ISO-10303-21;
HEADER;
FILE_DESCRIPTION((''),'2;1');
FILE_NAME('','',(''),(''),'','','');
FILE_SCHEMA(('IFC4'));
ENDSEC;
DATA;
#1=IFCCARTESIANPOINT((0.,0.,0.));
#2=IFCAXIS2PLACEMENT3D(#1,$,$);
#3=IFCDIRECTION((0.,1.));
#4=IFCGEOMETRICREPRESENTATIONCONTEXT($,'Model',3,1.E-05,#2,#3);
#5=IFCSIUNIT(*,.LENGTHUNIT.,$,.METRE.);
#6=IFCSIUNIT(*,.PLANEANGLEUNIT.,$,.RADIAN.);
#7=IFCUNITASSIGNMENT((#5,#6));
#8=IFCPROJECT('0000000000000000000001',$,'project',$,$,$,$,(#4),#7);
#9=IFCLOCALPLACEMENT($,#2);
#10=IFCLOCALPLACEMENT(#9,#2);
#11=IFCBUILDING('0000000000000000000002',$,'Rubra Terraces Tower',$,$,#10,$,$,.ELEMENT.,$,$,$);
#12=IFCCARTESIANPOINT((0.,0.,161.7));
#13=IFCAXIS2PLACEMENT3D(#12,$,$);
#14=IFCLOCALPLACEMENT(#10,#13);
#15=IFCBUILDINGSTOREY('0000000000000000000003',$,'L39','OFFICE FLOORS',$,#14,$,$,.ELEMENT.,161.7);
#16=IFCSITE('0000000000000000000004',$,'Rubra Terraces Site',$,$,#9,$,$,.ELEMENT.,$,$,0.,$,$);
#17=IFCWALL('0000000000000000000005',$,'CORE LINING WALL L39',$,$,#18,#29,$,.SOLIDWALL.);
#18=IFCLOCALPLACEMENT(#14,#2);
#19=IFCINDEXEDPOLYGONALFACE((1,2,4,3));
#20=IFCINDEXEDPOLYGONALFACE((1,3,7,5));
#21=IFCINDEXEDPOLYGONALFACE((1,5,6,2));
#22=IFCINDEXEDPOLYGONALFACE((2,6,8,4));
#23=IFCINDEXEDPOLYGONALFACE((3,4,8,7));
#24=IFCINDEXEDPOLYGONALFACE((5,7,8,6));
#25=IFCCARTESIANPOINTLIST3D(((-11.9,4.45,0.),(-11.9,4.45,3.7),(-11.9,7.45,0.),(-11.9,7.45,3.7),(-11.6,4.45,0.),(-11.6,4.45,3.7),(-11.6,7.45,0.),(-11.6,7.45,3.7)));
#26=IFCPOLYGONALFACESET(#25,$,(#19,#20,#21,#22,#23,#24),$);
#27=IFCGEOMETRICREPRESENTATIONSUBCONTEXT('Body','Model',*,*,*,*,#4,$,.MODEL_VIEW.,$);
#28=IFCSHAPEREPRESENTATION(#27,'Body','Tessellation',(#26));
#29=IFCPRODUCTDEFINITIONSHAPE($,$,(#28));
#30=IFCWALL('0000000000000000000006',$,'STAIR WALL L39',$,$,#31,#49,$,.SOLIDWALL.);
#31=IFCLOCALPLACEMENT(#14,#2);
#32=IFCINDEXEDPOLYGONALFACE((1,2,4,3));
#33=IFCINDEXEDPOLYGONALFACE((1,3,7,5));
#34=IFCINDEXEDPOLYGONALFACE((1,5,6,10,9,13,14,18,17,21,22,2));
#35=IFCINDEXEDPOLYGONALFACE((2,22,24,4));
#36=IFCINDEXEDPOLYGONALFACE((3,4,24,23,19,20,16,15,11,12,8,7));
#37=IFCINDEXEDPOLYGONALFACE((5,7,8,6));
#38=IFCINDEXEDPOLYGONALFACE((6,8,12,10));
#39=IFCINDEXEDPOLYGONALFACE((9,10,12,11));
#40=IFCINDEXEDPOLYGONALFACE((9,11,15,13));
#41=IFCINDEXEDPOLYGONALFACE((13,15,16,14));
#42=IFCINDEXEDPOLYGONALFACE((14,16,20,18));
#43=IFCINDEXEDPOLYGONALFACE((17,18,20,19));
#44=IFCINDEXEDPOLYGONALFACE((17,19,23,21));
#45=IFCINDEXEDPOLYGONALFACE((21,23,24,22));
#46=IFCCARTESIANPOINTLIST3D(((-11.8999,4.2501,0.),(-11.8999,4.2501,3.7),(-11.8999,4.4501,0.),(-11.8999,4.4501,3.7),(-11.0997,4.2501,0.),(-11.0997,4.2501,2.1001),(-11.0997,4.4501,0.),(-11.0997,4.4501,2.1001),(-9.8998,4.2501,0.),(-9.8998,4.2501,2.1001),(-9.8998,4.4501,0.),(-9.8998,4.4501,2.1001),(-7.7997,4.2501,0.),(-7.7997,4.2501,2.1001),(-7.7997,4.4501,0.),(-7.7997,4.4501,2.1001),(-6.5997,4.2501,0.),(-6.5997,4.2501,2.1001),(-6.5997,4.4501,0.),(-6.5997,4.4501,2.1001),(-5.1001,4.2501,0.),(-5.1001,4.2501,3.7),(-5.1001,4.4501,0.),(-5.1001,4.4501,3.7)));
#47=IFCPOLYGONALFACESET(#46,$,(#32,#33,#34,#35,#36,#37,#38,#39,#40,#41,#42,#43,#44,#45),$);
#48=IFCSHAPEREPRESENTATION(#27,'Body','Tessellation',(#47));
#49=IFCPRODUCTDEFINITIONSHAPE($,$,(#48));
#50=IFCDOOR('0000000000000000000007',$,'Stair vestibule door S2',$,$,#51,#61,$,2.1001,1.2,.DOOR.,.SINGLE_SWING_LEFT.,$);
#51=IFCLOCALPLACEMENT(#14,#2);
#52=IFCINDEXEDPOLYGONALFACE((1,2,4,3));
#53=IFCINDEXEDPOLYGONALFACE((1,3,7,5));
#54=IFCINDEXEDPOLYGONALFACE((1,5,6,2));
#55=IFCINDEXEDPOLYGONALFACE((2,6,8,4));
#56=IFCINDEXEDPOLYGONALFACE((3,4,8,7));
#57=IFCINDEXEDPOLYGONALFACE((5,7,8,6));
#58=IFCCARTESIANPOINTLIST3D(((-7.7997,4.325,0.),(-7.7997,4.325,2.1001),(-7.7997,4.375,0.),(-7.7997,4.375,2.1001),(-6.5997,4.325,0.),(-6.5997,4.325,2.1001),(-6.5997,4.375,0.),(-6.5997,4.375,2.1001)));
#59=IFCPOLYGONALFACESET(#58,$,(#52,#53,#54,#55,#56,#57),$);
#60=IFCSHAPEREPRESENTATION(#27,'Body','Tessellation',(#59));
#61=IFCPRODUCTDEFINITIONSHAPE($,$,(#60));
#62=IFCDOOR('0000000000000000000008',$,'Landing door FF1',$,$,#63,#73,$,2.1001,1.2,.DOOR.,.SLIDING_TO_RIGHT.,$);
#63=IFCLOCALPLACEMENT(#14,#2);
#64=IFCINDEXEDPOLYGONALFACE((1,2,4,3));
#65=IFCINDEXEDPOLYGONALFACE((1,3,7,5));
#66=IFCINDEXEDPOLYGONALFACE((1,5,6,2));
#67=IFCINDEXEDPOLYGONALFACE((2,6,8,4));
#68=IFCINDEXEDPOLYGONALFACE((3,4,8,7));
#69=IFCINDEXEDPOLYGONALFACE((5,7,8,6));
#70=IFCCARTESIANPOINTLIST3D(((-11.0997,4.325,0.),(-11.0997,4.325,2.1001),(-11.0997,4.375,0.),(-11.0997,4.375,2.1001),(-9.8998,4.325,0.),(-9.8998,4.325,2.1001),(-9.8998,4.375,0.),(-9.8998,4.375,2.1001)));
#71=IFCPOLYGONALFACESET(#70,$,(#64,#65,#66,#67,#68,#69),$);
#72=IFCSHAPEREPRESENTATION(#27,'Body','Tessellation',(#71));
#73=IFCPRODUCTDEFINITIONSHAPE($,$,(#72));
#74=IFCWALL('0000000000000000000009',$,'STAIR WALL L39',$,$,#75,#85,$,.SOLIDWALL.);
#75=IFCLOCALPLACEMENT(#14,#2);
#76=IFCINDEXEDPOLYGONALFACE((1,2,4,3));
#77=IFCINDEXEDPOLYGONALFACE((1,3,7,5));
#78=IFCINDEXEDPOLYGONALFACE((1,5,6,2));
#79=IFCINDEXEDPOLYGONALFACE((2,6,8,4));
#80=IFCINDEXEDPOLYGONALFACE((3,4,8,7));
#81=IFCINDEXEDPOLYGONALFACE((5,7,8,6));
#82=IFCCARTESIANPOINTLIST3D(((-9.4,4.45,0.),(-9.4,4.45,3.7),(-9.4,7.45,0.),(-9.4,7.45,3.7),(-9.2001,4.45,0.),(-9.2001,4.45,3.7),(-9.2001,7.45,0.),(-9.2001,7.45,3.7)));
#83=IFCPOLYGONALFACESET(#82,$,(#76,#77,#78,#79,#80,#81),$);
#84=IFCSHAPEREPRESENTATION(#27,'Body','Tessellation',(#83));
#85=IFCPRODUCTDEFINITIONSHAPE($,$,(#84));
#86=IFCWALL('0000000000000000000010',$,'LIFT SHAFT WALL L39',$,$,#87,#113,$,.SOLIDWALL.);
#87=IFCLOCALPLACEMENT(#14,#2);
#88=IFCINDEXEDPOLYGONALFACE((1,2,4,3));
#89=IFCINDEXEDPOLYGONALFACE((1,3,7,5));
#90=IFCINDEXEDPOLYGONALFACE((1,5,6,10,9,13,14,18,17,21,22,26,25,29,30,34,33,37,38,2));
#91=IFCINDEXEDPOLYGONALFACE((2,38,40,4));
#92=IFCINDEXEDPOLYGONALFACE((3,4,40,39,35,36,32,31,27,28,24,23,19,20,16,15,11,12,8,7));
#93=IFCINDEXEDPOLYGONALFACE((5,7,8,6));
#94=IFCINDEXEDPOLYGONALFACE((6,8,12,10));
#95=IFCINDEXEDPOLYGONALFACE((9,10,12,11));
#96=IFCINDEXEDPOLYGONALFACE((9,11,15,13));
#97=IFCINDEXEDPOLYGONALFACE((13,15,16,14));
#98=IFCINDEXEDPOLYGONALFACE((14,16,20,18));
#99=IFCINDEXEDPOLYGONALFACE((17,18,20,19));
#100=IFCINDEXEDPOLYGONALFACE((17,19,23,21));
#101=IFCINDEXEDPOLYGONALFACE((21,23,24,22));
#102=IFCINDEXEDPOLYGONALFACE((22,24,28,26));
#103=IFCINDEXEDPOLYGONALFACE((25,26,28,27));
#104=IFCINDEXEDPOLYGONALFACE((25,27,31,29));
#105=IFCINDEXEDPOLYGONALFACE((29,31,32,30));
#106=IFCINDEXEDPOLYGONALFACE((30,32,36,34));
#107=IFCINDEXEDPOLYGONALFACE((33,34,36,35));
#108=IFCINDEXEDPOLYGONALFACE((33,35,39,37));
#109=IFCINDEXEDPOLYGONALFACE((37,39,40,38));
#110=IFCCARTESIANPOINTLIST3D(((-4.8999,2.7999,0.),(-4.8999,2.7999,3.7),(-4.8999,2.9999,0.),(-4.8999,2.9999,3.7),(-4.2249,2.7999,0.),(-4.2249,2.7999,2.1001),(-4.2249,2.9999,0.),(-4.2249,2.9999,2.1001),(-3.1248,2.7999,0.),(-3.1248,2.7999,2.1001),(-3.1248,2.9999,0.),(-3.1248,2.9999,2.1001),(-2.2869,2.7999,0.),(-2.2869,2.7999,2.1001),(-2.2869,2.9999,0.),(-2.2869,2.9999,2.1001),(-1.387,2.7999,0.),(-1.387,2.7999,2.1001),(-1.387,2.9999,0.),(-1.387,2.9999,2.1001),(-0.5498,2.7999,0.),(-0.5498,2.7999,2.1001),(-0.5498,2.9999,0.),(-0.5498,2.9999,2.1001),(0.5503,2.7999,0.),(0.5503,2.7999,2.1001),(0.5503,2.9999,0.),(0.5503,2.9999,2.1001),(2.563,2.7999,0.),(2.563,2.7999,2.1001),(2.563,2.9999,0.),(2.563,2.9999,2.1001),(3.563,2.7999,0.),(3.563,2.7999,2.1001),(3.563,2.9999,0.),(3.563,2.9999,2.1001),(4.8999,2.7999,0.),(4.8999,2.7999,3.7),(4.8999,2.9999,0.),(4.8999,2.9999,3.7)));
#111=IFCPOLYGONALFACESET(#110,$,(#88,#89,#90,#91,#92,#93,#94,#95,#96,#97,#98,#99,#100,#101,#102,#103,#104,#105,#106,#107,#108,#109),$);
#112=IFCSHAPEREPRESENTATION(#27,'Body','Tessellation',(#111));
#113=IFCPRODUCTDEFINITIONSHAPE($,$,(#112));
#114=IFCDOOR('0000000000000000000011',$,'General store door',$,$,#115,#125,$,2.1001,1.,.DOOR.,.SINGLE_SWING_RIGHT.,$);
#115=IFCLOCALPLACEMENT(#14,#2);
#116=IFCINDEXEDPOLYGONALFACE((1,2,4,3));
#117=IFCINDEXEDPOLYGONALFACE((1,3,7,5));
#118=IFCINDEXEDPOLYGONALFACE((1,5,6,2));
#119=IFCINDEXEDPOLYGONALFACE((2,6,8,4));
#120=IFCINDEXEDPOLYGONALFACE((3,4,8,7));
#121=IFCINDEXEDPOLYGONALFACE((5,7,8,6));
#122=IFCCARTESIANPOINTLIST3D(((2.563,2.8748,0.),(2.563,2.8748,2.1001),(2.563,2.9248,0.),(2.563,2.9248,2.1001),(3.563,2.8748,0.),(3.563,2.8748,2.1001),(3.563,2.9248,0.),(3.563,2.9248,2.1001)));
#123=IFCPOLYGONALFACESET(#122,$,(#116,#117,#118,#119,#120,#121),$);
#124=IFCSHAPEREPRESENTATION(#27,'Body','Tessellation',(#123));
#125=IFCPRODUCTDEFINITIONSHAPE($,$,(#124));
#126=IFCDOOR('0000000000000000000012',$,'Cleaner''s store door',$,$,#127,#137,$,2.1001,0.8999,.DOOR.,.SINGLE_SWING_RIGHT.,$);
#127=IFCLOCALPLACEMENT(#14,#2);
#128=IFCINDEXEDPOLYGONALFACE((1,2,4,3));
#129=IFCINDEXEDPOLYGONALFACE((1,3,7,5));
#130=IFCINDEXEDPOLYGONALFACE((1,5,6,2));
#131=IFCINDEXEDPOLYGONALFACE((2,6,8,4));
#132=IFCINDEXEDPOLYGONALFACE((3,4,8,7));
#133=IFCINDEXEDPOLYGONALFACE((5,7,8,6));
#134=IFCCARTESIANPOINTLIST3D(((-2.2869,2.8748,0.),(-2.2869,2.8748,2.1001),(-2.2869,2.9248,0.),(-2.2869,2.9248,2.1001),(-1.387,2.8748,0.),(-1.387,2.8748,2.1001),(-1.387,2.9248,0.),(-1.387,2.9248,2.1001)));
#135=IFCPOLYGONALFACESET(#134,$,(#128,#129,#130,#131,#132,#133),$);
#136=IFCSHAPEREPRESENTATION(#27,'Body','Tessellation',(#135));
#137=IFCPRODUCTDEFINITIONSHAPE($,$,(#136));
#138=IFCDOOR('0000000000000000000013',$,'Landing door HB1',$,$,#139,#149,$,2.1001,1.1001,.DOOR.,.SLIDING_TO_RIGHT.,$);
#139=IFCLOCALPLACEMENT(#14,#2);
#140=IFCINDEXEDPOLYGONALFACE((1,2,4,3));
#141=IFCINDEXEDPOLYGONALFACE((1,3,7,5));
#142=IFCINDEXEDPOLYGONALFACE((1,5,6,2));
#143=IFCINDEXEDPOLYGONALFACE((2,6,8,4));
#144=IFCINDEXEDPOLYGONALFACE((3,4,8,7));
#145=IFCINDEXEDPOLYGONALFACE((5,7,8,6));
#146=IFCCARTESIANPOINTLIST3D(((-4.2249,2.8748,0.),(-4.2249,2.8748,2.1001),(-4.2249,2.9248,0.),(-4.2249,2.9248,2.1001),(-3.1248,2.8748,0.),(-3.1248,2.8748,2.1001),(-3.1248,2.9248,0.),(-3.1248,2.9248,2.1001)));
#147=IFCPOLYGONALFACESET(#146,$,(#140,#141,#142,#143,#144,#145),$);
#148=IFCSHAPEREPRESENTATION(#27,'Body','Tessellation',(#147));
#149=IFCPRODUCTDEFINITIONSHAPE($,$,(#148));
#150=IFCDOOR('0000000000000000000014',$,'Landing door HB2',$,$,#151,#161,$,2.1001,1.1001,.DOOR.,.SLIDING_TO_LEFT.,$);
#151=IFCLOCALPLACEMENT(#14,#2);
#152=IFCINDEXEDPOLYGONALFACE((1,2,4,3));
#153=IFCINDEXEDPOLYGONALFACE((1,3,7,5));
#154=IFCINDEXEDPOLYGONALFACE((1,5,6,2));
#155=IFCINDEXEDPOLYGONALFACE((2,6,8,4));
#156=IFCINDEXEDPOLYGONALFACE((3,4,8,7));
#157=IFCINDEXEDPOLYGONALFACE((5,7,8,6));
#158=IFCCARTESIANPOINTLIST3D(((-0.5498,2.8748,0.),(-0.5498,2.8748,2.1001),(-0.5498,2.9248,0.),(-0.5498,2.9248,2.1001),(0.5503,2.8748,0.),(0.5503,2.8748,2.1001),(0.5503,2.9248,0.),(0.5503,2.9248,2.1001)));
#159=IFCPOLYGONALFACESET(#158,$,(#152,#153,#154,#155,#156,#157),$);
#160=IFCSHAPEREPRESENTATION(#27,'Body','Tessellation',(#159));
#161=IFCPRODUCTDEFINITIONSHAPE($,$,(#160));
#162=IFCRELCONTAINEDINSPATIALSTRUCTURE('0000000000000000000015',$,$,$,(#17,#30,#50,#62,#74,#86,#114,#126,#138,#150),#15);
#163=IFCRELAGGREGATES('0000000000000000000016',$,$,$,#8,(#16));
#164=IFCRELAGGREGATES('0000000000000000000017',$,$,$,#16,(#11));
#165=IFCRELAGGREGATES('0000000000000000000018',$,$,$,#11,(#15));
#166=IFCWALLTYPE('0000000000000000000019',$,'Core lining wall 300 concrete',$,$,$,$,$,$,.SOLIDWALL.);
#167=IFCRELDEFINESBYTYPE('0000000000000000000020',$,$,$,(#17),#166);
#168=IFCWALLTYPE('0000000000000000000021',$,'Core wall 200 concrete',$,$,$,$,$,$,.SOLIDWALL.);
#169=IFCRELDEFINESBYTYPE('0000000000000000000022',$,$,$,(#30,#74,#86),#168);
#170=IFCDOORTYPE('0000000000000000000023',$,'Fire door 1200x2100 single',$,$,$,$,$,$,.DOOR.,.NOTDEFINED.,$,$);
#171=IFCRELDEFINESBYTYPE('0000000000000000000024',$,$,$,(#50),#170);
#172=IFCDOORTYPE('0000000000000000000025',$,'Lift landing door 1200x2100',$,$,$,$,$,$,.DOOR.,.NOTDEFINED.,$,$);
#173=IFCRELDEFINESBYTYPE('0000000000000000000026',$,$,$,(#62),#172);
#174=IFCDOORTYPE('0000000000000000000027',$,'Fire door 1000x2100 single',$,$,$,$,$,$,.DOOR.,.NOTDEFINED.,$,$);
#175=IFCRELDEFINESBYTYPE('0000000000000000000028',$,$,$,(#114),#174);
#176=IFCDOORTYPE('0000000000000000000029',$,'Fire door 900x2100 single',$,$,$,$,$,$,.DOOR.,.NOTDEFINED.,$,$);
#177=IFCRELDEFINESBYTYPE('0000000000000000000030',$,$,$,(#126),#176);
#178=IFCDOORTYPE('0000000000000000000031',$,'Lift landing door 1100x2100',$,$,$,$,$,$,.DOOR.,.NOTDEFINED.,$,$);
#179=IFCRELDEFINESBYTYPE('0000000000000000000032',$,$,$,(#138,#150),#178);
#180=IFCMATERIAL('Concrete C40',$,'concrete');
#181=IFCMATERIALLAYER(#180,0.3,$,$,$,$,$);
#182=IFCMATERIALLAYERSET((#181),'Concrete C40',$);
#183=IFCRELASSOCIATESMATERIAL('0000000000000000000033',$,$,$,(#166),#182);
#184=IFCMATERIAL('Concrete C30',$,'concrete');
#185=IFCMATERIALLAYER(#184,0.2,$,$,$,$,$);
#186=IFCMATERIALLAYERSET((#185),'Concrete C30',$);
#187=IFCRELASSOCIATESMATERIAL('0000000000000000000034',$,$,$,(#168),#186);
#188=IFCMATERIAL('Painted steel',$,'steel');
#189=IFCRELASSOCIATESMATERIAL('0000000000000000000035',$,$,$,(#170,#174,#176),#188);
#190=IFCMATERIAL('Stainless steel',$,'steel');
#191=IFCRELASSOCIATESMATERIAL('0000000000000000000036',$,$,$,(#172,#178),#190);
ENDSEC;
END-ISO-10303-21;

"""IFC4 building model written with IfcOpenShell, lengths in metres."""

from ifc_helpers import new_model, si_unit, direction, frame, frame_2d, origin, place, context, subcontext, project, spatial, rectangle, extrude, material, layer, layer_set, type_object, element, fill, save


model = new_model("IFC4")

# Units and contexts
model_context = context("Model", 3, precision=1e-05, world=origin(), true_north=direction((0.0, 1.0)))
body_context = subcontext(model_context, "Body", "Model", "MODEL_VIEW")
ifc_project = project(units=[si_unit("LENGTHUNIT", "METRE"), si_unit("PLANEANGLEUNIT", "RADIAN")], contexts=[model_context])

# Site, building, storey
site_placement = place(None, origin())
site = spatial("IfcSite", under=ifc_project, at=site_placement, Name="Rubra Terraces Site", CompositionType="ELEMENT", RefElevation=0.0)
building_placement = place(site_placement, origin())
building = spatial("IfcBuilding", under=site, at=building_placement, Name="Rubra Terraces Tower", CompositionType="ELEMENT")
storey_placement = place(building_placement, frame((0.0, 0.0, 161.7)))
storey = spatial("IfcBuildingStorey", under=building, at=storey_placement, Name="L39", Description="OFFICE FLOORS", CompositionType="ELEMENT", Elevation=161.7)

# Wall
ifc_material_1 = material(Name="Concrete C40", Category="concrete")
ifc_layer_1 = layer(ifc_material_1, 0.3)
ifc_layer_set_1 = layer_set([ifc_layer_1], Name="Concrete C40")
wall_type_1 = type_object("IfcWallType", Name="Core lining wall 300 concrete", PredefinedType="SOLIDWALL", material=ifc_layer_set_1)
wall_1_placement = place(storey_placement, frame((-11.75, 4.45, 0.0), z_axis=(0.0, 0.0, 1.0), x_axis=(0.0, 1.0, 0.0)))
element("IfcWall", 1, at=wall_1_placement, inside=storey, type_object=wall_type_1, Name="CORE LINING WALL L39", PredefinedType="SOLIDWALL", context=body_context, shape_type="SweptSolid", body=[
    extrude(rectangle(XDim=3.0, YDim=0.3, at=frame_2d((1.5, 0.0))), origin(), (0.0, 0.0, 1.0), 3.7),
])

# Wall, openings, doors
ifc_material_2 = material(Name="Concrete C30", Category="concrete")
ifc_layer_2 = layer(ifc_material_2, 0.2)
ifc_layer_set_2 = layer_set([ifc_layer_2], Name="Concrete C30")
wall_type_2 = type_object("IfcWallType", Name="Core wall 200 concrete", PredefinedType="SOLIDWALL", material=ifc_layer_set_2)
wall_2_placement = place(storey_placement, frame((-11.8999, 4.3501, 0.0), z_axis=(0.0, 0.0, 1.0), x_axis=(1.0, 0.0, 0.0)))
wall_2 = element("IfcWall", 2, at=wall_2_placement, inside=storey, type_object=wall_type_2, Name="STAIR WALL L39", PredefinedType="SOLIDWALL", context=body_context, shape_type="SweptSolid", body=[
    extrude(rectangle(XDim=6.7998, YDim=0.2, at=frame_2d((3.3999, 0.0))), origin(), (0.0, 0.0, 1.0), 3.7),
])
opening_1_placement = place(wall_2_placement, frame((4.1001, 0.0, 0.0)))
opening_1 = element("IfcOpeningElement", 3, at=opening_1_placement, cuts=wall_2, PredefinedType="OPENING", context=body_context, shape_type="SweptSolid", body=[
    extrude(rectangle(XDim=1.2, YDim=2.1001, at=frame_2d((0.6001, 1.05))), frame((0.0, 0.1099, 0.0), z_axis=(0.0, -1.0, 0.0), x_axis=(1.0, 0.0, 0.0)), (0.0, 0.0, 1.0), 0.22),
])
opening_2_placement = place(wall_2_placement, frame((0.8, 0.0, 0.0)))
opening_2 = element("IfcOpeningElement", 4, at=opening_2_placement, cuts=wall_2, PredefinedType="OPENING", context=body_context, shape_type="SweptSolid", body=[
    extrude(rectangle(XDim=1.2, YDim=2.1001, at=frame_2d((0.6001, 1.05))), frame((0.0, 0.1099, 0.0), z_axis=(0.0, -1.0, 0.0), x_axis=(1.0, 0.0, 0.0)), (0.0, 0.0, 1.0), 0.22),
])
ifc_material_3 = material(Name="Painted steel", Category="steel")
door_type_1 = type_object("IfcDoorType", Name="Fire door 1200x2100 single", OperationType="NOTDEFINED", PredefinedType="DOOR", material=ifc_material_3)
door_1_placement = place(opening_1_placement, origin())
door_1 = element("IfcDoor", 5, at=door_1_placement, inside=storey, type_object=door_type_1, Name="Stair vestibule door S2", OperationType="SINGLE_SWING_LEFT", OverallHeight=2.1001, OverallWidth=1.2, PredefinedType="DOOR", context=body_context, shape_type="SweptSolid", body=[
    extrude(rectangle(XDim=1.2, YDim=2.1001, at=frame_2d((0.6001, 1.05))), frame((0.0, 0.0249, 0.0), z_axis=(0.0, -1.0, 0.0), x_axis=(1.0, 0.0, 0.0)), (0.0, 0.0, 1.0), 0.05),
])
fill(opening_1, door_1)
ifc_material_4 = material(Name="Stainless steel", Category="steel")
door_type_2 = type_object("IfcDoorType", Name="Lift landing door 1200x2100", OperationType="NOTDEFINED", PredefinedType="DOOR", material=ifc_material_4)
door_2_placement = place(opening_2_placement, origin())
door_2 = element("IfcDoor", 6, at=door_2_placement, inside=storey, type_object=door_type_2, Name="Landing door FF1", OperationType="SLIDING_TO_RIGHT", OverallHeight=2.1001, OverallWidth=1.2, PredefinedType="DOOR", context=body_context, shape_type="SweptSolid", body=[
    extrude(rectangle(XDim=1.2, YDim=2.1001, at=frame_2d((0.6001, 1.05))), frame((0.0, 0.0249, 0.0), z_axis=(0.0, -1.0, 0.0), x_axis=(1.0, 0.0, 0.0)), (0.0, 0.0, 1.0), 0.05),
])
fill(opening_2, door_2)

# Wall
wall_3_placement = place(storey_placement, frame((-9.3, 4.45, 0.0), z_axis=(0.0, 0.0, 1.0), x_axis=(0.0, 1.0, 0.0)))
element("IfcWall", 7, at=wall_3_placement, inside=storey, type_object=wall_type_2, Name="STAIR WALL L39", PredefinedType="SOLIDWALL", context=body_context, shape_type="SweptSolid", body=[
    extrude(rectangle(XDim=3.0, YDim=0.2, at=frame_2d((1.5, 0.0))), origin(), (0.0, 0.0, 1.0), 3.7),
])

# Wall, openings, doors
wall_4_placement = place(storey_placement, frame((-4.8999, 2.8999, 0.0), z_axis=(0.0, 0.0, 1.0), x_axis=(1.0, 0.0, 0.0)))
wall_4 = element("IfcWall", 8, at=wall_4_placement, inside=storey, type_object=wall_type_2, Name="LIFT SHAFT WALL L39", PredefinedType="SOLIDWALL", context=body_context, shape_type="SweptSolid", body=[
    extrude(rectangle(XDim=9.7998, YDim=0.2, at=frame_2d((4.8999, 0.0))), origin(), (0.0, 0.0, 1.0), 3.7),
])
opening_3_placement = place(wall_4_placement, frame((0.675, 0.0, 0.0)))
opening_3 = element("IfcOpeningElement", 9, at=opening_3_placement, cuts=wall_4, PredefinedType="OPENING", context=body_context, shape_type="SweptSolid", body=[
    extrude(rectangle(XDim=1.1001, YDim=2.1001, at=frame_2d((0.55, 1.05))), frame((0.0, 0.1099, 0.0), z_axis=(0.0, -1.0, 0.0), x_axis=(1.0, 0.0, 0.0)), (0.0, 0.0, 1.0), 0.22),
])
opening_4_placement = place(wall_4_placement, frame((2.613, 0.0, 0.0)))
opening_4 = element("IfcOpeningElement", 10, at=opening_4_placement, cuts=wall_4, PredefinedType="OPENING", context=body_context, shape_type="SweptSolid", body=[
    extrude(rectangle(XDim=0.8999, YDim=2.1001, at=frame_2d((0.45, 1.05))), frame((0.0, 0.1099, 0.0), z_axis=(0.0, -1.0, 0.0), x_axis=(1.0, 0.0, 0.0)), (0.0, 0.0, 1.0), 0.22),
])
opening_5_placement = place(wall_4_placement, frame((4.3501, 0.0, 0.0)))
opening_5 = element("IfcOpeningElement", 11, at=opening_5_placement, cuts=wall_4, PredefinedType="OPENING", context=body_context, shape_type="SweptSolid", body=[
    extrude(rectangle(XDim=1.1001, YDim=2.1001, at=frame_2d((0.55, 1.05))), frame((0.0, 0.1099, 0.0), z_axis=(0.0, -1.0, 0.0), x_axis=(1.0, 0.0, 0.0)), (0.0, 0.0, 1.0), 0.22),
])
opening_6_placement = place(wall_4_placement, frame((7.4629, 0.0, 0.0)))
opening_6 = element("IfcOpeningElement", 12, at=opening_6_placement, cuts=wall_4, PredefinedType="OPENING", context=body_context, shape_type="SweptSolid", body=[
    extrude(rectangle(XDim=1.0, YDim=2.1001, at=frame_2d((0.5, 1.05))), frame((0.0, 0.1099, 0.0), z_axis=(0.0, -1.0, 0.0), x_axis=(1.0, 0.0, 0.0)), (0.0, 0.0, 1.0), 0.22),
])
door_type_3 = type_object("IfcDoorType", Name="Fire door 1000x2100 single", OperationType="NOTDEFINED", PredefinedType="DOOR", material=ifc_material_3)
door_3_placement = place(opening_6_placement, origin())
door_3 = element("IfcDoor", 13, at=door_3_placement, inside=storey, type_object=door_type_3, Name="General store door", OperationType="SINGLE_SWING_RIGHT", OverallHeight=2.1001, OverallWidth=1.0, PredefinedType="DOOR", context=body_context, shape_type="SweptSolid", body=[
    extrude(rectangle(XDim=1.0, YDim=2.1001, at=frame_2d((0.5, 1.05))), frame((0.0, 0.0249, 0.0), z_axis=(0.0, -1.0, 0.0), x_axis=(1.0, 0.0, 0.0)), (0.0, 0.0, 1.0), 0.05),
])
fill(opening_6, door_3)
door_type_4 = type_object("IfcDoorType", Name="Fire door 900x2100 single", OperationType="NOTDEFINED", PredefinedType="DOOR", material=ifc_material_3)
door_4_placement = place(opening_4_placement, origin())
door_4 = element("IfcDoor", 14, at=door_4_placement, inside=storey, type_object=door_type_4, Name="Cleaner's store door", OperationType="SINGLE_SWING_RIGHT", OverallHeight=2.1001, OverallWidth=0.8999, PredefinedType="DOOR", context=body_context, shape_type="SweptSolid", body=[
    extrude(rectangle(XDim=0.8999, YDim=2.1001, at=frame_2d((0.45, 1.05))), frame((0.0, 0.0249, 0.0), z_axis=(0.0, -1.0, 0.0), x_axis=(1.0, 0.0, 0.0)), (0.0, 0.0, 1.0), 0.05),
])
fill(opening_4, door_4)
door_type_5 = type_object("IfcDoorType", Name="Lift landing door 1100x2100", OperationType="NOTDEFINED", PredefinedType="DOOR", material=ifc_material_4)
door_5_placement = place(opening_3_placement, origin())
door_5 = element("IfcDoor", 15, at=door_5_placement, inside=storey, type_object=door_type_5, Name="Landing door HB1", OperationType="SLIDING_TO_RIGHT", OverallHeight=2.1001, OverallWidth=1.1001, PredefinedType="DOOR", context=body_context, shape_type="SweptSolid", body=[
    extrude(rectangle(XDim=1.1001, YDim=2.1001, at=frame_2d((0.55, 1.05))), frame((0.0, 0.0249, 0.0), z_axis=(0.0, -1.0, 0.0), x_axis=(1.0, 0.0, 0.0)), (0.0, 0.0, 1.0), 0.05),
])
fill(opening_3, door_5)
door_6_placement = place(opening_5_placement, origin())
door_6 = element("IfcDoor", 16, at=door_6_placement, inside=storey, type_object=door_type_5, Name="Landing door HB2", OperationType="SLIDING_TO_LEFT", OverallHeight=2.1001, OverallWidth=1.1001, PredefinedType="DOOR", context=body_context, shape_type="SweptSolid", body=[
    extrude(rectangle(XDim=1.1001, YDim=2.1001, at=frame_2d((0.55, 1.05))), frame((0.0, 0.0249, 0.0), z_axis=(0.0, -1.0, 0.0), x_axis=(1.0, 0.0, 0.0)), (0.0, 0.0, 1.0), 0.05),
])
fill(opening_5, door_6)

save(model, "model.ifc")
